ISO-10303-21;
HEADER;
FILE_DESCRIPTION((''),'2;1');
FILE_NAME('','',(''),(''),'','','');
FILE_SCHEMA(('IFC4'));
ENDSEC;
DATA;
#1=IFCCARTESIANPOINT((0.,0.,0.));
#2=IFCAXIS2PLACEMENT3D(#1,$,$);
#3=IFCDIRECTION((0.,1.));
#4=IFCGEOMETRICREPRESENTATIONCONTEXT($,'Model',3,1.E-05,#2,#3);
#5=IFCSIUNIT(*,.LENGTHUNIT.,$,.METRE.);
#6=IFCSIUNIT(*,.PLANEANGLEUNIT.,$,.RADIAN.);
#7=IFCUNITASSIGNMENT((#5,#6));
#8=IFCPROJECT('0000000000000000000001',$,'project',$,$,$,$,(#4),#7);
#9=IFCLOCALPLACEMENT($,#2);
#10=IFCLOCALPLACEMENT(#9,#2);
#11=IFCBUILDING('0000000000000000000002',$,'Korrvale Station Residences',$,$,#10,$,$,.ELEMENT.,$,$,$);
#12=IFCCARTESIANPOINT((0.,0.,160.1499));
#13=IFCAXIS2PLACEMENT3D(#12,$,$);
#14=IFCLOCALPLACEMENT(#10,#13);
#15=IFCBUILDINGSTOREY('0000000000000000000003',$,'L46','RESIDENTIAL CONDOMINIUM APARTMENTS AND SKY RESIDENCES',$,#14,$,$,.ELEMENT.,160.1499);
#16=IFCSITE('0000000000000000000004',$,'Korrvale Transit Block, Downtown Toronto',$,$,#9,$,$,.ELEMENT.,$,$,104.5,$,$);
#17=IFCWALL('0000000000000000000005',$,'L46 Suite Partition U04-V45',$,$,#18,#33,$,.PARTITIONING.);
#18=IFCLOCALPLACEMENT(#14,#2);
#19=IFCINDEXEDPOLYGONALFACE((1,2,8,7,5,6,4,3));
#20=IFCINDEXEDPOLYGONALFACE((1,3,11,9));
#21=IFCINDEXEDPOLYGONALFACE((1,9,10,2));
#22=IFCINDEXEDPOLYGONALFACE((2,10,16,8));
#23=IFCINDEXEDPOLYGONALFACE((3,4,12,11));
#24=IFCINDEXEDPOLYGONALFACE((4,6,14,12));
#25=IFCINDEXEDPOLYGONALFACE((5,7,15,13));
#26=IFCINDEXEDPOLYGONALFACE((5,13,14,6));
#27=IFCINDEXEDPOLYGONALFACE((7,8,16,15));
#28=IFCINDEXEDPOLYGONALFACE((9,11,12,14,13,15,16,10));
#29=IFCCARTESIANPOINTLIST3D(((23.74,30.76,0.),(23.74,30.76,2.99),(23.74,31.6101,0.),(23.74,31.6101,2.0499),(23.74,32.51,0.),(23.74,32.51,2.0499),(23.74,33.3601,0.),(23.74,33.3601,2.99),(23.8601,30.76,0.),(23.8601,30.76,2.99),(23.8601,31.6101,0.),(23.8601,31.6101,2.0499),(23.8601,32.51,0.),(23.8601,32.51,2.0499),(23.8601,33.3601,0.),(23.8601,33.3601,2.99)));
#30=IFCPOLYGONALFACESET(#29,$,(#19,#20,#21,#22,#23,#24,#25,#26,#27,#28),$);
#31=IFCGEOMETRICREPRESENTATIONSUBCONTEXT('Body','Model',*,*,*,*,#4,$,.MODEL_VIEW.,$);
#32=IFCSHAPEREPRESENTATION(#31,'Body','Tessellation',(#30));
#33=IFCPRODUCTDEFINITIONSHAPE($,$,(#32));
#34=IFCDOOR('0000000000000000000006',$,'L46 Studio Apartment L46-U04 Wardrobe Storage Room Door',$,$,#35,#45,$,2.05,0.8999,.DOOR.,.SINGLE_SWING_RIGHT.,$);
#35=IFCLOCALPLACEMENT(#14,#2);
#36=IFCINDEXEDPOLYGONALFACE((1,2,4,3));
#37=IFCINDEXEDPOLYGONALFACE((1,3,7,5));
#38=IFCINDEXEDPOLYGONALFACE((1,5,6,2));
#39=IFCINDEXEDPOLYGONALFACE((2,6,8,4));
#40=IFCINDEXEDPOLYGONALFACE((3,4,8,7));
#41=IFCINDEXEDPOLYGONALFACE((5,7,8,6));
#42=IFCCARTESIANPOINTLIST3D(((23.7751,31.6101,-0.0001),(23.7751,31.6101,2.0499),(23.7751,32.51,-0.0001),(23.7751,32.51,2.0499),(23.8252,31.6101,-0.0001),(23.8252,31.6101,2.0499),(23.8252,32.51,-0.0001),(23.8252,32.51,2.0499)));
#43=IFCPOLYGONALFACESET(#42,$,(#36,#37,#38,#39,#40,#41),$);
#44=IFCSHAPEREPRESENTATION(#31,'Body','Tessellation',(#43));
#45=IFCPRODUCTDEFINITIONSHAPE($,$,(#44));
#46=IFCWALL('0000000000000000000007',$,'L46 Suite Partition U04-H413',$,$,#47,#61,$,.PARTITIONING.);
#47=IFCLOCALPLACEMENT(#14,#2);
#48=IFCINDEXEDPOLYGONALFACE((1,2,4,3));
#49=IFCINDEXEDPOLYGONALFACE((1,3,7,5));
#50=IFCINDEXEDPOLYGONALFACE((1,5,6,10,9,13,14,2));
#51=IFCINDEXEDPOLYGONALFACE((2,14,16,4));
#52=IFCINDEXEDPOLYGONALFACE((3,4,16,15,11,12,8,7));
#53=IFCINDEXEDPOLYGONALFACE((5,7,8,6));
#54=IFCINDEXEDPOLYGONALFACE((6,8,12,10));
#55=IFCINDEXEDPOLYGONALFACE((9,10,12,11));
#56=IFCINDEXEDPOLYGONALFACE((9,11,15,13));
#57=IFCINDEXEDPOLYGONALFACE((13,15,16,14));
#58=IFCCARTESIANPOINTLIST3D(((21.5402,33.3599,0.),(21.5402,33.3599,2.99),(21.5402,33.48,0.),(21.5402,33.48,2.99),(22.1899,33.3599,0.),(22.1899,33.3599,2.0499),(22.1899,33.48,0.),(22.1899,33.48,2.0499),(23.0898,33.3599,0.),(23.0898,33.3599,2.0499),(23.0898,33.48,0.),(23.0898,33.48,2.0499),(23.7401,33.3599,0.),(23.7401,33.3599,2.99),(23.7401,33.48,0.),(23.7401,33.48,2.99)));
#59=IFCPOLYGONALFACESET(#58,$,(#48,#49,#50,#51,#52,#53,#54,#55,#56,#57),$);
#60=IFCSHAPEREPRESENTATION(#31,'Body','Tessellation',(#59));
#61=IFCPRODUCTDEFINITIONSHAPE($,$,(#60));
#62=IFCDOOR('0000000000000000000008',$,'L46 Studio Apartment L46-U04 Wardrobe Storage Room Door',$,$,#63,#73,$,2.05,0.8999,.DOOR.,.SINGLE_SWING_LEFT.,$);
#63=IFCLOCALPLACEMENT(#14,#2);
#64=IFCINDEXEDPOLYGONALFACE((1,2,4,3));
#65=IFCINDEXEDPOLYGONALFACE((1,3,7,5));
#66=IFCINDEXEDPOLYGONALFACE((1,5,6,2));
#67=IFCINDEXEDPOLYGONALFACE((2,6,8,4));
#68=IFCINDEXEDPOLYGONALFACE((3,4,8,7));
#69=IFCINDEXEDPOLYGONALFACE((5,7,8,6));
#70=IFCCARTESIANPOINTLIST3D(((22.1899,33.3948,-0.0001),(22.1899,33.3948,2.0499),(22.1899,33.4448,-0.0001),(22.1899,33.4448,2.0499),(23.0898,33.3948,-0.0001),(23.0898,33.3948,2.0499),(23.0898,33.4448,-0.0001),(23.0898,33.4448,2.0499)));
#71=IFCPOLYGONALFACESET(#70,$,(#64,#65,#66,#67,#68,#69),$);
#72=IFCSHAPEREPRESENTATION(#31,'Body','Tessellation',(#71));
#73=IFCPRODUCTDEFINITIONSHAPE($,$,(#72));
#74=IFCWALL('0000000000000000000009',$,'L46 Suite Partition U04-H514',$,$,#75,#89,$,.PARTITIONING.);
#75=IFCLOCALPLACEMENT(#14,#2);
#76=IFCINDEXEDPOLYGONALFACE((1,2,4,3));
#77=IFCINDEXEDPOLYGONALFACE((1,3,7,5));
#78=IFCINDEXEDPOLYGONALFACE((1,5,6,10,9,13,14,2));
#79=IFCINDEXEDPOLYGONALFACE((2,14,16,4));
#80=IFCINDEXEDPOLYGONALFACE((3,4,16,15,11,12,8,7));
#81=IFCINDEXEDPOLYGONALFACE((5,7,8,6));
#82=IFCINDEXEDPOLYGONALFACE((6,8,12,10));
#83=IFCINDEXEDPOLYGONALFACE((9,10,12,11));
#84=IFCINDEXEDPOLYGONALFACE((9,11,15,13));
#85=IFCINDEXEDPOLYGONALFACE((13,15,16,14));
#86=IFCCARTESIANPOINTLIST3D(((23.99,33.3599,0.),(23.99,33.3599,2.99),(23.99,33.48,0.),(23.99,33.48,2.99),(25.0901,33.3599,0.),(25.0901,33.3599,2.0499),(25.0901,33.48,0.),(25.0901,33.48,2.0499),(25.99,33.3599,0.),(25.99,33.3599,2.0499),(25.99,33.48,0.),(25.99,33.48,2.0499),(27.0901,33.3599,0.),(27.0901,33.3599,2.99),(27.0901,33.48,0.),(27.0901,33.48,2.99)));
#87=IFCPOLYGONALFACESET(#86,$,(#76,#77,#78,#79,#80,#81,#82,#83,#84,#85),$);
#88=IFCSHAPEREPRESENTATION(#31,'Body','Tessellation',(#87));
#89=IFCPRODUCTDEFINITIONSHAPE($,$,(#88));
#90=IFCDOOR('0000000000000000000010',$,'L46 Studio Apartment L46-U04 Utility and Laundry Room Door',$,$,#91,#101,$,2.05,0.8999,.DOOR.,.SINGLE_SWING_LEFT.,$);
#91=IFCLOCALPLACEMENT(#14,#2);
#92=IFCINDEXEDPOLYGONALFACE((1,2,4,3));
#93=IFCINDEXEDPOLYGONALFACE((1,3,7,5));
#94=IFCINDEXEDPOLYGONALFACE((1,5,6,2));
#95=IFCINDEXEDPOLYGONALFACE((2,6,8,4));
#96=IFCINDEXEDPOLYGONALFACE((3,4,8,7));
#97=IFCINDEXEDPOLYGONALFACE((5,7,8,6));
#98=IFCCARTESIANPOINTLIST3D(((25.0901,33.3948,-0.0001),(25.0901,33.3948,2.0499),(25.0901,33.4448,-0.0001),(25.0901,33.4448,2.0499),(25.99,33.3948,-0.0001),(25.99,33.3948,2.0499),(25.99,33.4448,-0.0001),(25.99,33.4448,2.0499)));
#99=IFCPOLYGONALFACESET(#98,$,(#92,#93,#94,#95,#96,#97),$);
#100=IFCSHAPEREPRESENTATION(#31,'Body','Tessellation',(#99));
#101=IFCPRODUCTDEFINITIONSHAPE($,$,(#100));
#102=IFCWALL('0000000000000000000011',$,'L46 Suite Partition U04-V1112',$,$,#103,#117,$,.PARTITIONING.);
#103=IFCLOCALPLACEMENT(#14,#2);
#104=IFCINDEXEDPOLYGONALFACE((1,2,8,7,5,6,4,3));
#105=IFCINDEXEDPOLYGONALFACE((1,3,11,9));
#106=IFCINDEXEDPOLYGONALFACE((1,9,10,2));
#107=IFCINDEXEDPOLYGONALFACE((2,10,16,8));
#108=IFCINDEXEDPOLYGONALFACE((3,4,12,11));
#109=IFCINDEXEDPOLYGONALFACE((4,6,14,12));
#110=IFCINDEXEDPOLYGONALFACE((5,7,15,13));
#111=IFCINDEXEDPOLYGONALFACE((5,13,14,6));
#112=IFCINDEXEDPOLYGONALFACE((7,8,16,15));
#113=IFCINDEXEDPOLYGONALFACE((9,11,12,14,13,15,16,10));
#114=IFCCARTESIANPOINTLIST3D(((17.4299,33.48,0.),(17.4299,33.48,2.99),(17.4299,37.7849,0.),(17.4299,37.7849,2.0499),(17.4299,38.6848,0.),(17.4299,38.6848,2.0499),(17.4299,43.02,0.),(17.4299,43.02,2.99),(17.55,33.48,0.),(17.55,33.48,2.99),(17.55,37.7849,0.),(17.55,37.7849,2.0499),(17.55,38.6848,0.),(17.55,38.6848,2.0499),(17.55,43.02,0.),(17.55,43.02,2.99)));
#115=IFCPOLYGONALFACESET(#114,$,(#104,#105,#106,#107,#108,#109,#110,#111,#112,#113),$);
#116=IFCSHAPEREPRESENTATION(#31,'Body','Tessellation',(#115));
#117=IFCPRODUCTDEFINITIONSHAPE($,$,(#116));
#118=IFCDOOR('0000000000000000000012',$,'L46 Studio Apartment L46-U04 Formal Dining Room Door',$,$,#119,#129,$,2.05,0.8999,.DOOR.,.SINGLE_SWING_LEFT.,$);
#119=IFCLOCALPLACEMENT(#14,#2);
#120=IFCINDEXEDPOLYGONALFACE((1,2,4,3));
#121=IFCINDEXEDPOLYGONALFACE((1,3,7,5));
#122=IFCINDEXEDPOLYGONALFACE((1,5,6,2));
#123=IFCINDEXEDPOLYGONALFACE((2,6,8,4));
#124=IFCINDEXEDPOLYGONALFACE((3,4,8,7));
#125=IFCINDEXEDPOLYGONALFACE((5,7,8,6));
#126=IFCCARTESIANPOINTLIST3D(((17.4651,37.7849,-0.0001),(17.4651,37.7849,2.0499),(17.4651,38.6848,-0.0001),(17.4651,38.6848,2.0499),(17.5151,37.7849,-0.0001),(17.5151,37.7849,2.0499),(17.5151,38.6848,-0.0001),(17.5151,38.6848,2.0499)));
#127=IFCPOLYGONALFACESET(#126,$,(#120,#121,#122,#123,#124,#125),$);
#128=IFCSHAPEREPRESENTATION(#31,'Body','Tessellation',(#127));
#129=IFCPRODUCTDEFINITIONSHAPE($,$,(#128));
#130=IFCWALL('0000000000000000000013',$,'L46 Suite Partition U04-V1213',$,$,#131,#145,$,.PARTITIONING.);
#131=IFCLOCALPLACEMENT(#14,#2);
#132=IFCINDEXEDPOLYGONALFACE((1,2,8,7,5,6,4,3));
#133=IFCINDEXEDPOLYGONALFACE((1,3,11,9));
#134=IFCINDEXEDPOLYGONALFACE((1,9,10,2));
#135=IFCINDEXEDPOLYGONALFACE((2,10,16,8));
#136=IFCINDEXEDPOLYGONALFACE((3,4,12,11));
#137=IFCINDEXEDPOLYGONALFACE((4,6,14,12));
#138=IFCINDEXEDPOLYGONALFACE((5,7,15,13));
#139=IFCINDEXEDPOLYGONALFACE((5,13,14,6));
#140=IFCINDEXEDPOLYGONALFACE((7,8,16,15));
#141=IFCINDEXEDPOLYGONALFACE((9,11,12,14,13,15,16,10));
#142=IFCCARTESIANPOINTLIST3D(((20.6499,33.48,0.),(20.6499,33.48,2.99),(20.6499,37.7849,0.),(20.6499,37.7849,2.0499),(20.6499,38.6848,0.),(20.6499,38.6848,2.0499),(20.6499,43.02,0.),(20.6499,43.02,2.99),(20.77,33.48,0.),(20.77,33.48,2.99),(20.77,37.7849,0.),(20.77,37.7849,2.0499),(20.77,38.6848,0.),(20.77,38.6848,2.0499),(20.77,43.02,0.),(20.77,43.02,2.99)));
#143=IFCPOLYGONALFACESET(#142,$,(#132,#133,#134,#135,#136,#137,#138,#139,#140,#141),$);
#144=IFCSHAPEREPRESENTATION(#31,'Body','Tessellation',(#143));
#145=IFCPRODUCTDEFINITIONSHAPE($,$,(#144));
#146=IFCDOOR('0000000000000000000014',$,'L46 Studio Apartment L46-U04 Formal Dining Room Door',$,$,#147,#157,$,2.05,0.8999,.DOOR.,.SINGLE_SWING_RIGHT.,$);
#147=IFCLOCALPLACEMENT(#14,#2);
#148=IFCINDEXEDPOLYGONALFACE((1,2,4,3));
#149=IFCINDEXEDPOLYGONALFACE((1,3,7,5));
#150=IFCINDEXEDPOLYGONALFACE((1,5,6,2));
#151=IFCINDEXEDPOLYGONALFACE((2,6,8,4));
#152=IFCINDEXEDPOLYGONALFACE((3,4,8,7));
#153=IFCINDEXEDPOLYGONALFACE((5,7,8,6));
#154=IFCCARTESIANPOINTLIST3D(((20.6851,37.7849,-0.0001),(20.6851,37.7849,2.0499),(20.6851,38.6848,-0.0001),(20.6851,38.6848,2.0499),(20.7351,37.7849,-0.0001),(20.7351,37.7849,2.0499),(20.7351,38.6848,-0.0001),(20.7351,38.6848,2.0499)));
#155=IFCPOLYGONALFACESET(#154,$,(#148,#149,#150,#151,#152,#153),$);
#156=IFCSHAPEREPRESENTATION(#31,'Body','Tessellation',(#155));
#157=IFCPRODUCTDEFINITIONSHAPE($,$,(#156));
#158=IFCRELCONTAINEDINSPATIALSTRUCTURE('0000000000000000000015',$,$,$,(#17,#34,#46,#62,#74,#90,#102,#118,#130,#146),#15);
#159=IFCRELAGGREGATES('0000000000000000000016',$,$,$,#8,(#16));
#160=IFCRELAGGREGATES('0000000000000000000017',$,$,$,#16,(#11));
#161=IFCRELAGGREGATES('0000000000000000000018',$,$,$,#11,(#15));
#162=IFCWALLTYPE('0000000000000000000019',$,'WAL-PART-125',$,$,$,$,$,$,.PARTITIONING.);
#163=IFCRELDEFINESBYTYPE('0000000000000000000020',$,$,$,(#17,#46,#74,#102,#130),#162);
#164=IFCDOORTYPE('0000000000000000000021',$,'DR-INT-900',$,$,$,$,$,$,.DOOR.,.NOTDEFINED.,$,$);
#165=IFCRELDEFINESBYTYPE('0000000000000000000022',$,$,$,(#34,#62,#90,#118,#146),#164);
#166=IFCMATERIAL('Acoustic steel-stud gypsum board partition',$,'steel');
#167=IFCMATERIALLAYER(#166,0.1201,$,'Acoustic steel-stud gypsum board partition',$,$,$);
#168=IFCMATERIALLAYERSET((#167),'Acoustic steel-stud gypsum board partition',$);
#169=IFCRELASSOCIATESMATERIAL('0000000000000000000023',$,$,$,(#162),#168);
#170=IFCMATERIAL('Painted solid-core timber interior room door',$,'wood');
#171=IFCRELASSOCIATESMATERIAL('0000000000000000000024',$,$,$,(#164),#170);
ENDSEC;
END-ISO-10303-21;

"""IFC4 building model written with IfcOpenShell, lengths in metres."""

from ifc_helpers import new_model, si_unit, direction, frame, frame_2d, origin, place, context, subcontext, project, spatial, rectangle, extrude, material, layer, layer_set, type_object, element, fill, save


model = new_model("IFC4")

# Units and contexts
model_context = context("Model", 3, precision=1e-05, world=origin(), true_north=direction((0.0, 1.0)))
body_context = subcontext(model_context, "Body", "Model", "MODEL_VIEW")
ifc_project = project(units=[si_unit("LENGTHUNIT", "METRE"), si_unit("PLANEANGLEUNIT", "RADIAN")], contexts=[model_context])

# Site, building, storey
site_placement = place(None, origin())
site = spatial("IfcSite", under=ifc_project, at=site_placement, Name="Korrvale Transit Block, Downtown Toronto", CompositionType="ELEMENT", RefElevation=104.5)
building_placement = place(site_placement, origin())
building = spatial("IfcBuilding", under=site, at=building_placement, Name="Korrvale Station Residences", CompositionType="ELEMENT")
storey_placement = place(building_placement, frame((0.0, 0.0, 160.1499)))
storey = spatial("IfcBuildingStorey", under=building, at=storey_placement, Name="L46", Description="RESIDENTIAL CONDOMINIUM APARTMENTS AND SKY RESIDENCES", CompositionType="ELEMENT", Elevation=160.1499)

# Shared definitions
ifc_material_1 = material(Name="Acoustic steel-stud gypsum board partition", Category="steel")
ifc_layer_1 = layer(ifc_material_1, 0.1201, Name="Acoustic steel-stud gypsum board partition")
ifc_layer_set_1 = layer_set([ifc_layer_1], Name="Acoustic steel-stud gypsum board partition")
wall_type = type_object("IfcWallType", Name="WAL-PART-125", PredefinedType="PARTITIONING", material=ifc_layer_set_1)
ifc_material_2 = material(Name="Painted solid-core timber interior room door", Category="wood")
door_type = type_object("IfcDoorType", Name="DR-INT-900", OperationType="NOTDEFINED", PredefinedType="DOOR", material=ifc_material_2)

# Walls, openings, doors
wall_1_placement = place(storey_placement, frame((23.8, 30.76, 0.0), z_axis=(0.0, 0.0, 1.0), x_axis=(0.0, 1.0, 0.0)))
wall_1 = element("IfcWall", 1, at=wall_1_placement, inside=storey, type_object=wall_type, Name="L46 Suite Partition U04-V45", PredefinedType="PARTITIONING", context=body_context, shape_type="SweptSolid", body=[
    extrude(rectangle(XDim=2.6001, YDim=0.1201, at=frame_2d((1.3, 0.0))), origin(), (0.0, 0.0, 1.0), 2.99),
])
opening_1_placement = place(wall_1_placement, frame((0.8501, 0.0, 0.0)))
opening_1 = element("IfcOpeningElement", 2, at=opening_1_placement, cuts=wall_1, PredefinedType="OPENING", context=body_context, shape_type="SweptSolid", body=[
    extrude(rectangle(XDim=0.8999, YDim=2.05, at=frame_2d((0.45, 1.0249))), frame((0.0, 0.0701, 0.0), z_axis=(0.0, -1.0, 0.0), x_axis=(1.0, 0.0, 0.0)), (0.0, 0.0, 1.0), 0.1401),
])
door_1_placement = place(opening_1_placement, origin())
door_1 = element("IfcDoor", 3, at=door_1_placement, inside=storey, type_object=door_type, Name="L46 Studio Apartment L46-U04 Wardrobe Storage Room Door", OperationType="SINGLE_SWING_RIGHT", OverallHeight=2.05, OverallWidth=0.8999, PredefinedType="DOOR", context=body_context, shape_type="SweptSolid", body=[
    extrude(rectangle(XDim=0.8999, YDim=2.05, at=frame_2d((0.45, 1.0249))), frame((0.0, 0.0249, 0.0), z_axis=(0.0, -1.0, 0.0), x_axis=(1.0, 0.0, 0.0)), (0.0, 0.0, 1.0), 0.05),
])
fill(opening_1, door_1)
wall_2_placement = place(storey_placement, frame((21.54, 33.4199, 0.0), z_axis=(0.0, 0.0, 1.0), x_axis=(1.0, 0.0, 0.0)))
wall_2 = element("IfcWall", 4, at=wall_2_placement, inside=storey, type_object=wall_type, Name="L46 Suite Partition U04-H413", PredefinedType="PARTITIONING", context=body_context, shape_type="SweptSolid", body=[
    extrude(rectangle(XDim=2.2, YDim=0.1201, at=frame_2d((1.1001, 0.0))), origin(), (0.0, 0.0, 1.0), 2.99),
])
opening_2_placement = place(wall_2_placement, frame((0.6499, 0.0, 0.0)))
opening_2 = element("IfcOpeningElement", 5, at=opening_2_placement, cuts=wall_2, PredefinedType="OPENING", context=body_context, shape_type="SweptSolid", body=[
    extrude(rectangle(XDim=0.8999, YDim=2.05, at=frame_2d((0.45, 1.0249))), frame((0.0, 0.0701, 0.0), z_axis=(0.0, -1.0, 0.0), x_axis=(1.0, 0.0, 0.0)), (0.0, 0.0, 1.0), 0.1401),
])
door_2_placement = place(opening_2_placement, origin())
door_2 = element("IfcDoor", 6, at=door_2_placement, inside=storey, type_object=door_type, Name="L46 Studio Apartment L46-U04 Wardrobe Storage Room Door", OperationType="SINGLE_SWING_LEFT", OverallHeight=2.05, OverallWidth=0.8999, PredefinedType="DOOR", context=body_context, shape_type="SweptSolid", body=[
    extrude(rectangle(XDim=0.8999, YDim=2.05, at=frame_2d((0.45, 1.0249))), frame((0.0, 0.0249, 0.0), z_axis=(0.0, -1.0, 0.0), x_axis=(1.0, 0.0, 0.0)), (0.0, 0.0, 1.0), 0.05),
])
fill(opening_2, door_2)
wall_3_placement = place(storey_placement, frame((23.99, 33.4199, 0.0), z_axis=(0.0, 0.0, 1.0), x_axis=(1.0, 0.0, 0.0)))
wall_3 = element("IfcWall", 7, at=wall_3_placement, inside=storey, type_object=wall_type, Name="L46 Suite Partition U04-H514", PredefinedType="PARTITIONING", context=body_context, shape_type="SweptSolid", body=[
    extrude(rectangle(XDim=3.1001, YDim=0.1201, at=frame_2d((1.55, 0.0))), origin(), (0.0, 0.0, 1.0), 2.99),
])
opening_3_placement = place(wall_3_placement, frame((1.1001, 0.0, 0.0)))
opening_3 = element("IfcOpeningElement", 8, at=opening_3_placement, cuts=wall_3, PredefinedType="OPENING", context=body_context, shape_type="SweptSolid", body=[
    extrude(rectangle(XDim=0.8999, YDim=2.05, at=frame_2d((0.45, 1.0249))), frame((0.0, 0.0701, 0.0), z_axis=(0.0, -1.0, 0.0), x_axis=(1.0, 0.0, 0.0)), (0.0, 0.0, 1.0), 0.1401),
])
door_3_placement = place(opening_3_placement, origin())
door_3 = element("IfcDoor", 9, at=door_3_placement, inside=storey, type_object=door_type, Name="L46 Studio Apartment L46-U04 Utility and Laundry Room Door", OperationType="SINGLE_SWING_LEFT", OverallHeight=2.05, OverallWidth=0.8999, PredefinedType="DOOR", context=body_context, shape_type="SweptSolid", body=[
    extrude(rectangle(XDim=0.8999, YDim=2.05, at=frame_2d((0.45, 1.0249))), frame((0.0, 0.0249, 0.0), z_axis=(0.0, -1.0, 0.0), x_axis=(1.0, 0.0, 0.0)), (0.0, 0.0, 1.0), 0.05),
])
fill(opening_3, door_3)
wall_4_placement = place(storey_placement, frame((17.49, 33.48, 0.0), z_axis=(0.0, 0.0, 1.0), x_axis=(0.0, 1.0, 0.0)))
wall_4 = element("IfcWall", 10, at=wall_4_placement, inside=storey, type_object=wall_type, Name="L46 Suite Partition U04-V1112", PredefinedType="PARTITIONING", context=body_context, shape_type="SweptSolid", body=[
    extrude(rectangle(XDim=9.54, YDim=0.1201, at=frame_2d((4.77, 0.0))), origin(), (0.0, 0.0, 1.0), 2.99),
])
opening_4_placement = place(wall_4_placement, frame((4.3049, 0.0, 0.0)))
opening_4 = element("IfcOpeningElement", 11, at=opening_4_placement, cuts=wall_4, PredefinedType="OPENING", context=body_context, shape_type="SweptSolid", body=[
    extrude(rectangle(XDim=0.8999, YDim=2.05, at=frame_2d((0.45, 1.0249))), frame((0.0, 0.0701, 0.0), z_axis=(0.0, -1.0, 0.0), x_axis=(1.0, 0.0, 0.0)), (0.0, 0.0, 1.0), 0.1401),
])
door_4_placement = place(opening_4_placement, origin())
door_4 = element("IfcDoor", 12, at=door_4_placement, inside=storey, type_object=door_type, Name="L46 Studio Apartment L46-U04 Formal Dining Room Door", OperationType="SINGLE_SWING_LEFT", OverallHeight=2.05, OverallWidth=0.8999, PredefinedType="DOOR", context=body_context, shape_type="SweptSolid", body=[
    extrude(rectangle(XDim=0.8999, YDim=2.05, at=frame_2d((0.45, 1.0249))), frame((0.0, 0.0249, 0.0), z_axis=(0.0, -1.0, 0.0), x_axis=(1.0, 0.0, 0.0)), (0.0, 0.0, 1.0), 0.05),
])
fill(opening_4, door_4)
wall_5_placement = place(storey_placement, frame((20.71, 33.48, 0.0), z_axis=(0.0, 0.0, 1.0), x_axis=(0.0, 1.0, 0.0)))
wall_5 = element("IfcWall", 13, at=wall_5_placement, inside=storey, type_object=wall_type, Name="L46 Suite Partition U04-V1213", PredefinedType="PARTITIONING", context=body_context, shape_type="SweptSolid", body=[
    extrude(rectangle(XDim=9.54, YDim=0.1201, at=frame_2d((4.77, 0.0))), origin(), (0.0, 0.0, 1.0), 2.99),
])
opening_5_placement = place(wall_5_placement, frame((4.3049, 0.0, 0.0)))
opening_5 = element("IfcOpeningElement", 14, at=opening_5_placement, cuts=wall_5, PredefinedType="OPENING", context=body_context, shape_type="SweptSolid", body=[
    extrude(rectangle(XDim=0.8999, YDim=2.05, at=frame_2d((0.45, 1.0249))), frame((0.0, 0.0701, 0.0), z_axis=(0.0, -1.0, 0.0), x_axis=(1.0, 0.0, 0.0)), (0.0, 0.0, 1.0), 0.1401),
])
door_5_placement = place(opening_5_placement, origin())
door_5 = element("IfcDoor", 15, at=door_5_placement, inside=storey, type_object=door_type, Name="L46 Studio Apartment L46-U04 Formal Dining Room Door", OperationType="SINGLE_SWING_RIGHT", OverallHeight=2.05, OverallWidth=0.8999, PredefinedType="DOOR", context=body_context, shape_type="SweptSolid", body=[
    extrude(rectangle(XDim=0.8999, YDim=2.05, at=frame_2d((0.45, 1.0249))), frame((0.0, 0.0249, 0.0), z_axis=(0.0, -1.0, 0.0), x_axis=(1.0, 0.0, 0.0)), (0.0, 0.0, 1.0), 0.05),
])
fill(opening_5, door_5)

save(model, "model.ifc")
